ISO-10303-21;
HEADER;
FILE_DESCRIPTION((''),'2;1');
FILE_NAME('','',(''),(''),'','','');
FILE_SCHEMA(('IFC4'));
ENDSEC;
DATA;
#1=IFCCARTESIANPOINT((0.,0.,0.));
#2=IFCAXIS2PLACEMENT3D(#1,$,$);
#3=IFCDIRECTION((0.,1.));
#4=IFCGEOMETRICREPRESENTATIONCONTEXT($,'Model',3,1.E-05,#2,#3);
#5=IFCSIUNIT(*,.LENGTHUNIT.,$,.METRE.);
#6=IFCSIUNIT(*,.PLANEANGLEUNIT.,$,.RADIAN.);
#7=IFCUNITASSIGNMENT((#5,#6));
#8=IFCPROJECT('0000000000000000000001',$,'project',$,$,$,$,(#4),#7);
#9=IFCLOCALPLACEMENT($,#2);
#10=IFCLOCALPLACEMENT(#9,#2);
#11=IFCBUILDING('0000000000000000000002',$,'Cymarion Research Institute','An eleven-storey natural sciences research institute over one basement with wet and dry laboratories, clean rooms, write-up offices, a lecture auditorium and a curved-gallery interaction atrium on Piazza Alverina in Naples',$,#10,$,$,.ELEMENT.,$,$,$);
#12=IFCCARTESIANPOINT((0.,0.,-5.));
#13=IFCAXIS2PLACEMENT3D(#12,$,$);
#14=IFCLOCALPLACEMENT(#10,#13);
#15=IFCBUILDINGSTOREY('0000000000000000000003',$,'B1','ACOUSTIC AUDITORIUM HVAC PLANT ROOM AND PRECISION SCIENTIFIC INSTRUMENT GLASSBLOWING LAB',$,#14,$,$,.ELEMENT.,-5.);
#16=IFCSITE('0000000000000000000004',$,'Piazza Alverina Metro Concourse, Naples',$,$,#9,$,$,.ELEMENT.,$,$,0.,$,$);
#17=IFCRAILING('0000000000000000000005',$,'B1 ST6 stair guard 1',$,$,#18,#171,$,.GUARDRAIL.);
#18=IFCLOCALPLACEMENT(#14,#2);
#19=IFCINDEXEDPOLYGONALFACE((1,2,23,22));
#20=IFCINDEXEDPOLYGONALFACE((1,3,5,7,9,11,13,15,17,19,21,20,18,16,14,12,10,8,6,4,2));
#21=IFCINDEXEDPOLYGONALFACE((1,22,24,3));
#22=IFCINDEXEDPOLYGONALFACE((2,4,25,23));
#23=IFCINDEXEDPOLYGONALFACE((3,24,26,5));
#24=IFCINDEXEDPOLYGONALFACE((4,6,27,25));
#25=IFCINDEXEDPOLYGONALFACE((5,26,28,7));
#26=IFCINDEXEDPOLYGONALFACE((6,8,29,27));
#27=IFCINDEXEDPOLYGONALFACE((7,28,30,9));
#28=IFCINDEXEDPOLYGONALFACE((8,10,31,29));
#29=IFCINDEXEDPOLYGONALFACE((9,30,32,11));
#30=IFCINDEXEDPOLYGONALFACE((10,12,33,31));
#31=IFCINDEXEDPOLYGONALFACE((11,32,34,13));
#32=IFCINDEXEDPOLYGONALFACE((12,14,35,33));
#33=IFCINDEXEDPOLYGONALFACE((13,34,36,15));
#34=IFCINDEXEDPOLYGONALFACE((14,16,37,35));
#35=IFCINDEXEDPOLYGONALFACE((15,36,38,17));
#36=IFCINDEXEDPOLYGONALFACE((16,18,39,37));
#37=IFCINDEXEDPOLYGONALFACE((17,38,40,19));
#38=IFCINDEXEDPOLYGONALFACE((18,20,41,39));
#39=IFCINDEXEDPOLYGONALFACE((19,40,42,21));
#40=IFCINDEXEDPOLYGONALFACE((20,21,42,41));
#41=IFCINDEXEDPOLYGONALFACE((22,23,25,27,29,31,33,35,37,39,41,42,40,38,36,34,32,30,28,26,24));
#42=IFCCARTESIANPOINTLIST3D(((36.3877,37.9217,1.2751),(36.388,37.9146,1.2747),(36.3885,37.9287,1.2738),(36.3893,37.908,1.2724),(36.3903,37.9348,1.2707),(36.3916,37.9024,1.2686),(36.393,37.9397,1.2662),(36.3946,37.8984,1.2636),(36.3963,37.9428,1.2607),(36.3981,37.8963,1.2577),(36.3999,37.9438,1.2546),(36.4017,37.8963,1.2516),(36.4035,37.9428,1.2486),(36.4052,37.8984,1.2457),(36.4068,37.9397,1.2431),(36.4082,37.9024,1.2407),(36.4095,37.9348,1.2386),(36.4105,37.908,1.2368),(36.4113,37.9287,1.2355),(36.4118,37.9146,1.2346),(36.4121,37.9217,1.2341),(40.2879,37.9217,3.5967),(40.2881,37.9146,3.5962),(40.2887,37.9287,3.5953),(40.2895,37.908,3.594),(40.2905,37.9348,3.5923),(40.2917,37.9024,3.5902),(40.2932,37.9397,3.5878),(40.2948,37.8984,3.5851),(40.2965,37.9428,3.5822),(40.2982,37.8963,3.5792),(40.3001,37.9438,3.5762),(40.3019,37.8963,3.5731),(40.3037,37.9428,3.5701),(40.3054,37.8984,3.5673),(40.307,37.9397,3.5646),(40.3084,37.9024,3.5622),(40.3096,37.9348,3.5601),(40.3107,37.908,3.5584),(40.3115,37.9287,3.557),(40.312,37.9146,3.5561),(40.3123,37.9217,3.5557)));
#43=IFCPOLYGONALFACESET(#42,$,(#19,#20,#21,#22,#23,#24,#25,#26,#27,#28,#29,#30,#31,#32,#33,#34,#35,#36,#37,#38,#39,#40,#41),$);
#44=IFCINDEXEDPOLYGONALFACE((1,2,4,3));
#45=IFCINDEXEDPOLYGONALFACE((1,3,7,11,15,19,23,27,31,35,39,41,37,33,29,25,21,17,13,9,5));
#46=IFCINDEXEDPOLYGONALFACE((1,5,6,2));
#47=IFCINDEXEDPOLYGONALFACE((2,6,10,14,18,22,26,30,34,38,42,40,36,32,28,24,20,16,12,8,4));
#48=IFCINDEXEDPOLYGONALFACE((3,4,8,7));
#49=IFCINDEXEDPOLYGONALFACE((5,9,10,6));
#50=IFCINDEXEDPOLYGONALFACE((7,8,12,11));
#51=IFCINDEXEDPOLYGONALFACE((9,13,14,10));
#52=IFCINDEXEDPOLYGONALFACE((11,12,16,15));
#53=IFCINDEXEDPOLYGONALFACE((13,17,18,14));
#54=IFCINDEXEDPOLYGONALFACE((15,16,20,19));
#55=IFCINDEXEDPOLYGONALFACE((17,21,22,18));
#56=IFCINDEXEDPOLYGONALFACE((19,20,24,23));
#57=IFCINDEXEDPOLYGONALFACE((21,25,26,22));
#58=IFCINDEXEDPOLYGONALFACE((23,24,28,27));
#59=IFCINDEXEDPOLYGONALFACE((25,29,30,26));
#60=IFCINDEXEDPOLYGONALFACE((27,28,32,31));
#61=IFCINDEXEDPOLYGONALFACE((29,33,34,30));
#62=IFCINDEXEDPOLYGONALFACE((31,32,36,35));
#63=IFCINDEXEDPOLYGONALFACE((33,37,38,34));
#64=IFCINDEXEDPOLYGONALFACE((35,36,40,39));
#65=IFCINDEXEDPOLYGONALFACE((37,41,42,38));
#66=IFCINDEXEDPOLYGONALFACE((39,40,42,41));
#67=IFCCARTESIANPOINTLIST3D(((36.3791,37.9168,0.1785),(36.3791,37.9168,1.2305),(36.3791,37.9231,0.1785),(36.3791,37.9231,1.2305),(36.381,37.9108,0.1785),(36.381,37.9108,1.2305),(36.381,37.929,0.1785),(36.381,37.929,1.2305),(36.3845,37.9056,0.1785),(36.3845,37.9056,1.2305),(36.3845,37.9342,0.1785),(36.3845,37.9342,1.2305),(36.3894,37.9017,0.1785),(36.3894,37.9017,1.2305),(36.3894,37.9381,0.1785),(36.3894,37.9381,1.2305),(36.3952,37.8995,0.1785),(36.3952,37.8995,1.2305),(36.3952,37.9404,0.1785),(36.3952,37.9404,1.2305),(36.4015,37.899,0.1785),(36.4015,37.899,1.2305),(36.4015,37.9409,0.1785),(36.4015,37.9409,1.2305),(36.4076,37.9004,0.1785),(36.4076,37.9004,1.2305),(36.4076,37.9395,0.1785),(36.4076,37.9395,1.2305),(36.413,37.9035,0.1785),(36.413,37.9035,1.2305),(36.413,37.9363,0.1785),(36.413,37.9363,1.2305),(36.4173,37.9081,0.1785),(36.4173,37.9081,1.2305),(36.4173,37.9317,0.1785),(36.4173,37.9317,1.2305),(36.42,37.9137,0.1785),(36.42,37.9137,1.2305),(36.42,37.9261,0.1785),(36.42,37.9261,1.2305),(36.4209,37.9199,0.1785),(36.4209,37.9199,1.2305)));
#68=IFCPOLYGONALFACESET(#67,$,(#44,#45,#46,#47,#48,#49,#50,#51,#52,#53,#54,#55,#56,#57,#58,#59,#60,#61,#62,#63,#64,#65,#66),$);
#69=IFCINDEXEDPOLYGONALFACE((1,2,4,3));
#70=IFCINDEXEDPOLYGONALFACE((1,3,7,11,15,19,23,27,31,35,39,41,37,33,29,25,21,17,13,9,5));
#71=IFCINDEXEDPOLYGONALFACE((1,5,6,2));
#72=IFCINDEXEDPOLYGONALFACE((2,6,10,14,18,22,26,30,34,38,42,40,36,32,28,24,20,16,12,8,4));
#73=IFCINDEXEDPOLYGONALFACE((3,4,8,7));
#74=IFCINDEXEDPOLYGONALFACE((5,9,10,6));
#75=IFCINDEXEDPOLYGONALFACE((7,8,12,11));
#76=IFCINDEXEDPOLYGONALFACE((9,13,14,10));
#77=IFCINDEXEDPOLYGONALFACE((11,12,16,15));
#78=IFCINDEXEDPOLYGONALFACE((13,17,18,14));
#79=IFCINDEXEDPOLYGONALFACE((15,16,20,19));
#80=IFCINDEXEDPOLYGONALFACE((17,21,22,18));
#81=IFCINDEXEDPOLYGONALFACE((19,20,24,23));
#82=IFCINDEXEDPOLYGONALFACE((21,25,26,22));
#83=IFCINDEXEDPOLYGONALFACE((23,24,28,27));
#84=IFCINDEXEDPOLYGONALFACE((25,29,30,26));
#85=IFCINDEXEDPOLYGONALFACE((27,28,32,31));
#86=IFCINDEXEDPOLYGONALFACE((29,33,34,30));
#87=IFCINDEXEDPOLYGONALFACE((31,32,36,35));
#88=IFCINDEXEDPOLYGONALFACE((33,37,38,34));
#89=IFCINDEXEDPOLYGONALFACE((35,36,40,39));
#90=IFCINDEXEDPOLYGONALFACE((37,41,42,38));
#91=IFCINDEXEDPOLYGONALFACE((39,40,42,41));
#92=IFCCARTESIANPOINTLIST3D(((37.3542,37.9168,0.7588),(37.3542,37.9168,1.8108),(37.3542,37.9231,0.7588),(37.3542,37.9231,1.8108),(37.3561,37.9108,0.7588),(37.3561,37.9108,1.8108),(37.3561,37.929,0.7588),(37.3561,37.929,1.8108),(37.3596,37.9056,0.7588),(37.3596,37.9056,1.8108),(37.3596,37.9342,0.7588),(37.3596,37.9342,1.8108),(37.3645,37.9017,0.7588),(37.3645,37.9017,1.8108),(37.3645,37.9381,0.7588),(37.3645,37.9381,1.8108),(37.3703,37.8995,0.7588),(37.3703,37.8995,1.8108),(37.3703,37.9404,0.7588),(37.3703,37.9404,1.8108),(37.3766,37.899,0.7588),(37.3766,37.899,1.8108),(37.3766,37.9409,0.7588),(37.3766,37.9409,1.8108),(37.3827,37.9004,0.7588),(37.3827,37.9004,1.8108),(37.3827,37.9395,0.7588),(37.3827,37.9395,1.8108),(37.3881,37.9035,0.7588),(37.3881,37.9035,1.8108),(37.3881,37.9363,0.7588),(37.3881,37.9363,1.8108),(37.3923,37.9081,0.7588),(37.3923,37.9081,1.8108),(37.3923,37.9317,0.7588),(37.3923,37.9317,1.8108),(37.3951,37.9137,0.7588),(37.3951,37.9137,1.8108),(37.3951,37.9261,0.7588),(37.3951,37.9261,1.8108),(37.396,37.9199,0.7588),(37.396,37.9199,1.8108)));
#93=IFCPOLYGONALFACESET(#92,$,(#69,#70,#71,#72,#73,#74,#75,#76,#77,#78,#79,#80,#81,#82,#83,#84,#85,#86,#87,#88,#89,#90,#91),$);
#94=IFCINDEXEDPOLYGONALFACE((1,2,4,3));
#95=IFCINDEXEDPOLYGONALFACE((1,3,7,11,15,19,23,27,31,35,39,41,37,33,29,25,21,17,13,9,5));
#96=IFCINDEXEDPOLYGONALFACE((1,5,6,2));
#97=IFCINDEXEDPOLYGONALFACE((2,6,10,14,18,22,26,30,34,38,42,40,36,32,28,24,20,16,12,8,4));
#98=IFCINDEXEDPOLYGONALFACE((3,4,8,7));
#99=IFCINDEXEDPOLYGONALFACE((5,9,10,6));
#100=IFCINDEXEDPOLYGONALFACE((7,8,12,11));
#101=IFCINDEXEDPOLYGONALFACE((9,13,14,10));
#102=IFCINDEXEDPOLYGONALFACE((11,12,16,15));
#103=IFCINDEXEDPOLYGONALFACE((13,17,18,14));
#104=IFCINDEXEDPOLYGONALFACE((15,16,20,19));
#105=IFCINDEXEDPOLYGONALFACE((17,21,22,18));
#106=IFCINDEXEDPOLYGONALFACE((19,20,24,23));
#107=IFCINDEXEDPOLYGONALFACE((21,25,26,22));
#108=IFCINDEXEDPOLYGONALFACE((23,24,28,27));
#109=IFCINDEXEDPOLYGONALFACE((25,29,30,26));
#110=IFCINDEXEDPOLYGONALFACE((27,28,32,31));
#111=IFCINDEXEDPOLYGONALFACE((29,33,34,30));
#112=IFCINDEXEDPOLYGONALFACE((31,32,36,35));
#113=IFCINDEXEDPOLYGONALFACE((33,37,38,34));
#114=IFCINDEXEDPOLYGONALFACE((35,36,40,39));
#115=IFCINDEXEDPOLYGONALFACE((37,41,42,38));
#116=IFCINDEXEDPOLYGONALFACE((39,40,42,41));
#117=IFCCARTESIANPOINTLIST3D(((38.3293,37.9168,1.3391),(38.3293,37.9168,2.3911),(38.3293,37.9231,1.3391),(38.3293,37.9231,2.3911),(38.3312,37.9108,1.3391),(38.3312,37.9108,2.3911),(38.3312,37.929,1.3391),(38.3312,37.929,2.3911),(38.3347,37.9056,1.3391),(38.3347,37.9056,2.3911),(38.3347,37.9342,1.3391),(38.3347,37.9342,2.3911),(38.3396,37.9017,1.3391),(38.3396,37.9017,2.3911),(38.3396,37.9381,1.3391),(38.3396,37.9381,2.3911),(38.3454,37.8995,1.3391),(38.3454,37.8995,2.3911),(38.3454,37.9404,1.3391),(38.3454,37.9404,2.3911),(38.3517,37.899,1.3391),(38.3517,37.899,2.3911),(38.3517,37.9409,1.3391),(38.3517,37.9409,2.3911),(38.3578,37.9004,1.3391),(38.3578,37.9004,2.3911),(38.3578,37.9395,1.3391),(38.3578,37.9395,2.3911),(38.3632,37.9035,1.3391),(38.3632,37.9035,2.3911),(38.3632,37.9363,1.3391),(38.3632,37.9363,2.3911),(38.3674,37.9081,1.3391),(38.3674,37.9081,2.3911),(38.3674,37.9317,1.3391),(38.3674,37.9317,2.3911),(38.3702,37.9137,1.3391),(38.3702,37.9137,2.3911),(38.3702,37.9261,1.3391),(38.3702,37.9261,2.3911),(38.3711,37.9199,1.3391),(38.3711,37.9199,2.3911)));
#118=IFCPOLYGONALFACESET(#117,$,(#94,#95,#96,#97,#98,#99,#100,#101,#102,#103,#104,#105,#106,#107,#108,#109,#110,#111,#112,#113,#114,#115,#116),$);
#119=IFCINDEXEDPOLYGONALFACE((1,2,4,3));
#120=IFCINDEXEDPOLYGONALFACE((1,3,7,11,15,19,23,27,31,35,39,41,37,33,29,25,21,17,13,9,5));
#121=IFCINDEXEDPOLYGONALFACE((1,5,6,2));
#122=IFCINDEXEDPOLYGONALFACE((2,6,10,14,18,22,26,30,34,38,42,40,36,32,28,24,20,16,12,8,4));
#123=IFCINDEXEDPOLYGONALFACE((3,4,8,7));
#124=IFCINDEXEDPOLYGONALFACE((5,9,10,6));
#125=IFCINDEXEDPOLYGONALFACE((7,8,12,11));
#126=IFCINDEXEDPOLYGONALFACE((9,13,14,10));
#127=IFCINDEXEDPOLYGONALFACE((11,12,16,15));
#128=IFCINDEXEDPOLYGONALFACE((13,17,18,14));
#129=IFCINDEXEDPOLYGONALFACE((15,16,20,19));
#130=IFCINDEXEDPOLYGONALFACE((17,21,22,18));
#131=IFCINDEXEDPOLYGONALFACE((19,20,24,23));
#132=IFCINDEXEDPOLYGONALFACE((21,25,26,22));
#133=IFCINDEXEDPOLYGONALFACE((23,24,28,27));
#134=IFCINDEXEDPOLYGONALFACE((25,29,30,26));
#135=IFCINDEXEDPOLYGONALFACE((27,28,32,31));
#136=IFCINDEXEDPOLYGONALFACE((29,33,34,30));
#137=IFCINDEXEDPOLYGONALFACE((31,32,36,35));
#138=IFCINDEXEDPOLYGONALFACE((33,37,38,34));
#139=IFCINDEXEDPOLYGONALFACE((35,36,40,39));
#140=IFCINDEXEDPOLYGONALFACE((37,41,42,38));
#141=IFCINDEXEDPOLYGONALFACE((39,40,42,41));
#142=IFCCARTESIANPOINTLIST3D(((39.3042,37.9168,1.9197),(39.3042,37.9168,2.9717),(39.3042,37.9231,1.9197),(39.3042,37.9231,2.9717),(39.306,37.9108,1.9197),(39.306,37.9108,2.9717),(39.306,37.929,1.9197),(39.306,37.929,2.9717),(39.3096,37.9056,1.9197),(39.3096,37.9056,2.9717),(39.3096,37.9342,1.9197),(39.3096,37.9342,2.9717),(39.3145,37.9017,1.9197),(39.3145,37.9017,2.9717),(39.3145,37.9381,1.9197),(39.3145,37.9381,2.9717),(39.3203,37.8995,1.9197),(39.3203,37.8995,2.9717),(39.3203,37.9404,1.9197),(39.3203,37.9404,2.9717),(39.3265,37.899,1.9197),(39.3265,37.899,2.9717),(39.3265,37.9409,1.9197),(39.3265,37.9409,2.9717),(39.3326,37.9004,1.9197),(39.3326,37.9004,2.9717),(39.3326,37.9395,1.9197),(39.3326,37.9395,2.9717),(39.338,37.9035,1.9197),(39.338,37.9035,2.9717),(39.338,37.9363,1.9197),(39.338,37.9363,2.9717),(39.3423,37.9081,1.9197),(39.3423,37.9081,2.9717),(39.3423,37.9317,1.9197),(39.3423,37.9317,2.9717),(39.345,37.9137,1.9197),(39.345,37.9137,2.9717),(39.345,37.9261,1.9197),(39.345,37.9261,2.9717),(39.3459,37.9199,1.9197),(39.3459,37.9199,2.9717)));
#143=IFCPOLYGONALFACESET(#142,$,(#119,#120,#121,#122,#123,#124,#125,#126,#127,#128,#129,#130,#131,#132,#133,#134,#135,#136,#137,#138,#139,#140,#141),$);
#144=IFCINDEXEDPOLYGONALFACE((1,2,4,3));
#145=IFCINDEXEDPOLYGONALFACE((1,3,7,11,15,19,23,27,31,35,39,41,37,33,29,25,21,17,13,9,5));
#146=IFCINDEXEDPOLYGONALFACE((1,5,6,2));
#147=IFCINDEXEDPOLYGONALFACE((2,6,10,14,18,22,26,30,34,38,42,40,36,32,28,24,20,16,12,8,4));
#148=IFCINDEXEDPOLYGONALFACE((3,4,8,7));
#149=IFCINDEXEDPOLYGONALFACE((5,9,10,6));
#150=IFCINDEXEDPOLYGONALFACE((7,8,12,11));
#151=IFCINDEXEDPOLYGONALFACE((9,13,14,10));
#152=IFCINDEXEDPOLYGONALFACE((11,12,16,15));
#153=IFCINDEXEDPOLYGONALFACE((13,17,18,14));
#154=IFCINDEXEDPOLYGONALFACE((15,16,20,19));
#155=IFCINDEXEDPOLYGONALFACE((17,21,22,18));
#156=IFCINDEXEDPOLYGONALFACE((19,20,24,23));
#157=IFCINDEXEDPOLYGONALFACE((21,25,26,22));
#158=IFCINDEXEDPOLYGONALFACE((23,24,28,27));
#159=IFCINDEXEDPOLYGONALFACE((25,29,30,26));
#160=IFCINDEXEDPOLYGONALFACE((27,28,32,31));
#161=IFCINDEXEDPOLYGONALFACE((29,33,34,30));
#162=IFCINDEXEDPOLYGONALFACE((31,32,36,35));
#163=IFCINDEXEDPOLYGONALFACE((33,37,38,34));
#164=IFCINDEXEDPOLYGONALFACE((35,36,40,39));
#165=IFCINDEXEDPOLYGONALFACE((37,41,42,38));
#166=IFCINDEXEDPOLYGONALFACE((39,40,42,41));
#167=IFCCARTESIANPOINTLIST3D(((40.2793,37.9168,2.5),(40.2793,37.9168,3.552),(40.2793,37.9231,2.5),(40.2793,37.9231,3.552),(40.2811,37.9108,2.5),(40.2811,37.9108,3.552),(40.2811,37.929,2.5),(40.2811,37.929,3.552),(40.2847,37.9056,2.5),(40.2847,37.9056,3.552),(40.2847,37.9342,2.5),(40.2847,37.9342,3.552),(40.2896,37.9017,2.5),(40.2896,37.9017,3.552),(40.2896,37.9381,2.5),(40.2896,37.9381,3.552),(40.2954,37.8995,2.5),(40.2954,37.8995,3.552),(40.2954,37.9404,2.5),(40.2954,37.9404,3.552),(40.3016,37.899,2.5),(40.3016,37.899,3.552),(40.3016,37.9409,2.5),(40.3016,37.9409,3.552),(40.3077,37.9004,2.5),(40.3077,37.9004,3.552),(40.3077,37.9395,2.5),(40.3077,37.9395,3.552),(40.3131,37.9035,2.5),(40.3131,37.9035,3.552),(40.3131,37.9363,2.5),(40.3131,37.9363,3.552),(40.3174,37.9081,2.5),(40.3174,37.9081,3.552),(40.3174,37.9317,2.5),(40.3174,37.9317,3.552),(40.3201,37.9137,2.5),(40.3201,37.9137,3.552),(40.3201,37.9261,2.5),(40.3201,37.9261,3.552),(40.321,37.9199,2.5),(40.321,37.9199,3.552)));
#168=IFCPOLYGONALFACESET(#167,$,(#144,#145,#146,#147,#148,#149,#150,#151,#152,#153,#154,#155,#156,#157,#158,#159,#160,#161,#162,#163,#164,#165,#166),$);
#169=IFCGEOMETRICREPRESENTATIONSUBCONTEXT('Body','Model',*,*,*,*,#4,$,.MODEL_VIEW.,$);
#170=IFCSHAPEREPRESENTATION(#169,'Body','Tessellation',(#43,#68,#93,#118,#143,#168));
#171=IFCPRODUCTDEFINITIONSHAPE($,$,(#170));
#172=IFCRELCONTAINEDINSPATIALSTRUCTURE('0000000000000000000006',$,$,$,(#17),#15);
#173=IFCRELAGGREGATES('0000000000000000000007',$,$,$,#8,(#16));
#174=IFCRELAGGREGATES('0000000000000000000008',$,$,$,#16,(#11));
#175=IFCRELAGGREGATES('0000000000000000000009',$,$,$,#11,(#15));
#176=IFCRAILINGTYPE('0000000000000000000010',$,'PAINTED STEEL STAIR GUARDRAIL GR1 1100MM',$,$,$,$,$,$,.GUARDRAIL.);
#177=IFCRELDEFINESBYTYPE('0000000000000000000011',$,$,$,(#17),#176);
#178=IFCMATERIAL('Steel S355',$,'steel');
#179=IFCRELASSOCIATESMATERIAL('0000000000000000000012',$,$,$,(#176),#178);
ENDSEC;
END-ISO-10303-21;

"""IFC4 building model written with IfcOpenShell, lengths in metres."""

from ifc_helpers import new_model, si_unit, direction, frame, origin, origin_2d, place, context, subcontext, project, spatial, circle, extrude, material, type_object, element, save


model = new_model("IFC4")

# Units and contexts
model_context = context("Model", 3, precision=1e-05, world=origin(), true_north=direction((0.0, 1.0)))
body_context = subcontext(model_context, "Body", "Model", "MODEL_VIEW")
ifc_project = project(units=[si_unit("LENGTHUNIT", "METRE"), si_unit("PLANEANGLEUNIT", "RADIAN")], contexts=[model_context])

# Site, building, storey
site_placement = place(None, origin())
site = spatial("IfcSite", under=ifc_project, at=site_placement, Name="Piazza Alverina Metro Concourse, Naples", CompositionType="ELEMENT", RefElevation=0.0)
building_placement = place(site_placement, origin())
building = spatial("IfcBuilding", under=site, at=building_placement, Name="Cymarion Research Institute", Description="An eleven-storey natural sciences research institute over one basement with wet and dry laboratories, clean rooms, write-up offices, a lecture auditorium and a curved-gallery interaction atrium on Piazza Alverina in Naples", CompositionType="ELEMENT")
storey_placement = place(building_placement, frame((0.0, 0.0, -5.0)))
storey = spatial("IfcBuildingStorey", under=building, at=storey_placement, Name="B1", Description="ACOUSTIC AUDITORIUM HVAC PLANT ROOM AND PRECISION SCIENTIFIC INSTRUMENT GLASSBLOWING LAB", CompositionType="ELEMENT", Elevation=-5.0)

# Shared definitions
ifc_material_1 = material(Name="Steel S355", Category="steel")

# Railing
railing_type_1 = type_object("IfcRailingType", Name="PAINTED STEEL STAIR GUARDRAIL GR1 1100MM", PredefinedType="GUARDRAIL", material=ifc_material_1)
railing_1_placement = place(storey_placement, frame((36.3999, 37.9199, 0.1785)))
element("IfcRailing", 1, at=railing_1_placement, inside=storey, type_object=railing_type_1, Name="B1 ST6 stair guard 1", PredefinedType="GUARDRAIL", context=body_context, shape_type="SweptSolid", body=[
    extrude(circle(Radius=0.0239, at=origin_2d()), frame((0.0, 0.0, 1.0762), z_axis=(0.859291, 0.0, 0.511487), x_axis=(0.0, 1.0, 0.0)), (0.0, 0.0, 1.0), 4.5388),
    extrude(circle(Radius=0.021, at=origin_2d()), origin(), (0.0, 0.0, 1.0), 1.052),
    extrude(circle(Radius=0.021, at=origin_2d()), frame((0.9751, 0.0, 0.5803)), (0.0, 0.0, 1.0), 1.052),
    extrude(circle(Radius=0.021, at=origin_2d()), frame((1.9502, 0.0, 1.1606)), (0.0, 0.0, 1.0), 1.052),
    extrude(circle(Radius=0.021, at=origin_2d()), frame((2.925, 0.0, 1.7412)), (0.0, 0.0, 1.0), 1.052),
    extrude(circle(Radius=0.021, at=origin_2d()), frame((3.9001, 0.0, 2.3215)), (0.0, 0.0, 1.0), 1.052),
])

save(model, "model.ifc")
